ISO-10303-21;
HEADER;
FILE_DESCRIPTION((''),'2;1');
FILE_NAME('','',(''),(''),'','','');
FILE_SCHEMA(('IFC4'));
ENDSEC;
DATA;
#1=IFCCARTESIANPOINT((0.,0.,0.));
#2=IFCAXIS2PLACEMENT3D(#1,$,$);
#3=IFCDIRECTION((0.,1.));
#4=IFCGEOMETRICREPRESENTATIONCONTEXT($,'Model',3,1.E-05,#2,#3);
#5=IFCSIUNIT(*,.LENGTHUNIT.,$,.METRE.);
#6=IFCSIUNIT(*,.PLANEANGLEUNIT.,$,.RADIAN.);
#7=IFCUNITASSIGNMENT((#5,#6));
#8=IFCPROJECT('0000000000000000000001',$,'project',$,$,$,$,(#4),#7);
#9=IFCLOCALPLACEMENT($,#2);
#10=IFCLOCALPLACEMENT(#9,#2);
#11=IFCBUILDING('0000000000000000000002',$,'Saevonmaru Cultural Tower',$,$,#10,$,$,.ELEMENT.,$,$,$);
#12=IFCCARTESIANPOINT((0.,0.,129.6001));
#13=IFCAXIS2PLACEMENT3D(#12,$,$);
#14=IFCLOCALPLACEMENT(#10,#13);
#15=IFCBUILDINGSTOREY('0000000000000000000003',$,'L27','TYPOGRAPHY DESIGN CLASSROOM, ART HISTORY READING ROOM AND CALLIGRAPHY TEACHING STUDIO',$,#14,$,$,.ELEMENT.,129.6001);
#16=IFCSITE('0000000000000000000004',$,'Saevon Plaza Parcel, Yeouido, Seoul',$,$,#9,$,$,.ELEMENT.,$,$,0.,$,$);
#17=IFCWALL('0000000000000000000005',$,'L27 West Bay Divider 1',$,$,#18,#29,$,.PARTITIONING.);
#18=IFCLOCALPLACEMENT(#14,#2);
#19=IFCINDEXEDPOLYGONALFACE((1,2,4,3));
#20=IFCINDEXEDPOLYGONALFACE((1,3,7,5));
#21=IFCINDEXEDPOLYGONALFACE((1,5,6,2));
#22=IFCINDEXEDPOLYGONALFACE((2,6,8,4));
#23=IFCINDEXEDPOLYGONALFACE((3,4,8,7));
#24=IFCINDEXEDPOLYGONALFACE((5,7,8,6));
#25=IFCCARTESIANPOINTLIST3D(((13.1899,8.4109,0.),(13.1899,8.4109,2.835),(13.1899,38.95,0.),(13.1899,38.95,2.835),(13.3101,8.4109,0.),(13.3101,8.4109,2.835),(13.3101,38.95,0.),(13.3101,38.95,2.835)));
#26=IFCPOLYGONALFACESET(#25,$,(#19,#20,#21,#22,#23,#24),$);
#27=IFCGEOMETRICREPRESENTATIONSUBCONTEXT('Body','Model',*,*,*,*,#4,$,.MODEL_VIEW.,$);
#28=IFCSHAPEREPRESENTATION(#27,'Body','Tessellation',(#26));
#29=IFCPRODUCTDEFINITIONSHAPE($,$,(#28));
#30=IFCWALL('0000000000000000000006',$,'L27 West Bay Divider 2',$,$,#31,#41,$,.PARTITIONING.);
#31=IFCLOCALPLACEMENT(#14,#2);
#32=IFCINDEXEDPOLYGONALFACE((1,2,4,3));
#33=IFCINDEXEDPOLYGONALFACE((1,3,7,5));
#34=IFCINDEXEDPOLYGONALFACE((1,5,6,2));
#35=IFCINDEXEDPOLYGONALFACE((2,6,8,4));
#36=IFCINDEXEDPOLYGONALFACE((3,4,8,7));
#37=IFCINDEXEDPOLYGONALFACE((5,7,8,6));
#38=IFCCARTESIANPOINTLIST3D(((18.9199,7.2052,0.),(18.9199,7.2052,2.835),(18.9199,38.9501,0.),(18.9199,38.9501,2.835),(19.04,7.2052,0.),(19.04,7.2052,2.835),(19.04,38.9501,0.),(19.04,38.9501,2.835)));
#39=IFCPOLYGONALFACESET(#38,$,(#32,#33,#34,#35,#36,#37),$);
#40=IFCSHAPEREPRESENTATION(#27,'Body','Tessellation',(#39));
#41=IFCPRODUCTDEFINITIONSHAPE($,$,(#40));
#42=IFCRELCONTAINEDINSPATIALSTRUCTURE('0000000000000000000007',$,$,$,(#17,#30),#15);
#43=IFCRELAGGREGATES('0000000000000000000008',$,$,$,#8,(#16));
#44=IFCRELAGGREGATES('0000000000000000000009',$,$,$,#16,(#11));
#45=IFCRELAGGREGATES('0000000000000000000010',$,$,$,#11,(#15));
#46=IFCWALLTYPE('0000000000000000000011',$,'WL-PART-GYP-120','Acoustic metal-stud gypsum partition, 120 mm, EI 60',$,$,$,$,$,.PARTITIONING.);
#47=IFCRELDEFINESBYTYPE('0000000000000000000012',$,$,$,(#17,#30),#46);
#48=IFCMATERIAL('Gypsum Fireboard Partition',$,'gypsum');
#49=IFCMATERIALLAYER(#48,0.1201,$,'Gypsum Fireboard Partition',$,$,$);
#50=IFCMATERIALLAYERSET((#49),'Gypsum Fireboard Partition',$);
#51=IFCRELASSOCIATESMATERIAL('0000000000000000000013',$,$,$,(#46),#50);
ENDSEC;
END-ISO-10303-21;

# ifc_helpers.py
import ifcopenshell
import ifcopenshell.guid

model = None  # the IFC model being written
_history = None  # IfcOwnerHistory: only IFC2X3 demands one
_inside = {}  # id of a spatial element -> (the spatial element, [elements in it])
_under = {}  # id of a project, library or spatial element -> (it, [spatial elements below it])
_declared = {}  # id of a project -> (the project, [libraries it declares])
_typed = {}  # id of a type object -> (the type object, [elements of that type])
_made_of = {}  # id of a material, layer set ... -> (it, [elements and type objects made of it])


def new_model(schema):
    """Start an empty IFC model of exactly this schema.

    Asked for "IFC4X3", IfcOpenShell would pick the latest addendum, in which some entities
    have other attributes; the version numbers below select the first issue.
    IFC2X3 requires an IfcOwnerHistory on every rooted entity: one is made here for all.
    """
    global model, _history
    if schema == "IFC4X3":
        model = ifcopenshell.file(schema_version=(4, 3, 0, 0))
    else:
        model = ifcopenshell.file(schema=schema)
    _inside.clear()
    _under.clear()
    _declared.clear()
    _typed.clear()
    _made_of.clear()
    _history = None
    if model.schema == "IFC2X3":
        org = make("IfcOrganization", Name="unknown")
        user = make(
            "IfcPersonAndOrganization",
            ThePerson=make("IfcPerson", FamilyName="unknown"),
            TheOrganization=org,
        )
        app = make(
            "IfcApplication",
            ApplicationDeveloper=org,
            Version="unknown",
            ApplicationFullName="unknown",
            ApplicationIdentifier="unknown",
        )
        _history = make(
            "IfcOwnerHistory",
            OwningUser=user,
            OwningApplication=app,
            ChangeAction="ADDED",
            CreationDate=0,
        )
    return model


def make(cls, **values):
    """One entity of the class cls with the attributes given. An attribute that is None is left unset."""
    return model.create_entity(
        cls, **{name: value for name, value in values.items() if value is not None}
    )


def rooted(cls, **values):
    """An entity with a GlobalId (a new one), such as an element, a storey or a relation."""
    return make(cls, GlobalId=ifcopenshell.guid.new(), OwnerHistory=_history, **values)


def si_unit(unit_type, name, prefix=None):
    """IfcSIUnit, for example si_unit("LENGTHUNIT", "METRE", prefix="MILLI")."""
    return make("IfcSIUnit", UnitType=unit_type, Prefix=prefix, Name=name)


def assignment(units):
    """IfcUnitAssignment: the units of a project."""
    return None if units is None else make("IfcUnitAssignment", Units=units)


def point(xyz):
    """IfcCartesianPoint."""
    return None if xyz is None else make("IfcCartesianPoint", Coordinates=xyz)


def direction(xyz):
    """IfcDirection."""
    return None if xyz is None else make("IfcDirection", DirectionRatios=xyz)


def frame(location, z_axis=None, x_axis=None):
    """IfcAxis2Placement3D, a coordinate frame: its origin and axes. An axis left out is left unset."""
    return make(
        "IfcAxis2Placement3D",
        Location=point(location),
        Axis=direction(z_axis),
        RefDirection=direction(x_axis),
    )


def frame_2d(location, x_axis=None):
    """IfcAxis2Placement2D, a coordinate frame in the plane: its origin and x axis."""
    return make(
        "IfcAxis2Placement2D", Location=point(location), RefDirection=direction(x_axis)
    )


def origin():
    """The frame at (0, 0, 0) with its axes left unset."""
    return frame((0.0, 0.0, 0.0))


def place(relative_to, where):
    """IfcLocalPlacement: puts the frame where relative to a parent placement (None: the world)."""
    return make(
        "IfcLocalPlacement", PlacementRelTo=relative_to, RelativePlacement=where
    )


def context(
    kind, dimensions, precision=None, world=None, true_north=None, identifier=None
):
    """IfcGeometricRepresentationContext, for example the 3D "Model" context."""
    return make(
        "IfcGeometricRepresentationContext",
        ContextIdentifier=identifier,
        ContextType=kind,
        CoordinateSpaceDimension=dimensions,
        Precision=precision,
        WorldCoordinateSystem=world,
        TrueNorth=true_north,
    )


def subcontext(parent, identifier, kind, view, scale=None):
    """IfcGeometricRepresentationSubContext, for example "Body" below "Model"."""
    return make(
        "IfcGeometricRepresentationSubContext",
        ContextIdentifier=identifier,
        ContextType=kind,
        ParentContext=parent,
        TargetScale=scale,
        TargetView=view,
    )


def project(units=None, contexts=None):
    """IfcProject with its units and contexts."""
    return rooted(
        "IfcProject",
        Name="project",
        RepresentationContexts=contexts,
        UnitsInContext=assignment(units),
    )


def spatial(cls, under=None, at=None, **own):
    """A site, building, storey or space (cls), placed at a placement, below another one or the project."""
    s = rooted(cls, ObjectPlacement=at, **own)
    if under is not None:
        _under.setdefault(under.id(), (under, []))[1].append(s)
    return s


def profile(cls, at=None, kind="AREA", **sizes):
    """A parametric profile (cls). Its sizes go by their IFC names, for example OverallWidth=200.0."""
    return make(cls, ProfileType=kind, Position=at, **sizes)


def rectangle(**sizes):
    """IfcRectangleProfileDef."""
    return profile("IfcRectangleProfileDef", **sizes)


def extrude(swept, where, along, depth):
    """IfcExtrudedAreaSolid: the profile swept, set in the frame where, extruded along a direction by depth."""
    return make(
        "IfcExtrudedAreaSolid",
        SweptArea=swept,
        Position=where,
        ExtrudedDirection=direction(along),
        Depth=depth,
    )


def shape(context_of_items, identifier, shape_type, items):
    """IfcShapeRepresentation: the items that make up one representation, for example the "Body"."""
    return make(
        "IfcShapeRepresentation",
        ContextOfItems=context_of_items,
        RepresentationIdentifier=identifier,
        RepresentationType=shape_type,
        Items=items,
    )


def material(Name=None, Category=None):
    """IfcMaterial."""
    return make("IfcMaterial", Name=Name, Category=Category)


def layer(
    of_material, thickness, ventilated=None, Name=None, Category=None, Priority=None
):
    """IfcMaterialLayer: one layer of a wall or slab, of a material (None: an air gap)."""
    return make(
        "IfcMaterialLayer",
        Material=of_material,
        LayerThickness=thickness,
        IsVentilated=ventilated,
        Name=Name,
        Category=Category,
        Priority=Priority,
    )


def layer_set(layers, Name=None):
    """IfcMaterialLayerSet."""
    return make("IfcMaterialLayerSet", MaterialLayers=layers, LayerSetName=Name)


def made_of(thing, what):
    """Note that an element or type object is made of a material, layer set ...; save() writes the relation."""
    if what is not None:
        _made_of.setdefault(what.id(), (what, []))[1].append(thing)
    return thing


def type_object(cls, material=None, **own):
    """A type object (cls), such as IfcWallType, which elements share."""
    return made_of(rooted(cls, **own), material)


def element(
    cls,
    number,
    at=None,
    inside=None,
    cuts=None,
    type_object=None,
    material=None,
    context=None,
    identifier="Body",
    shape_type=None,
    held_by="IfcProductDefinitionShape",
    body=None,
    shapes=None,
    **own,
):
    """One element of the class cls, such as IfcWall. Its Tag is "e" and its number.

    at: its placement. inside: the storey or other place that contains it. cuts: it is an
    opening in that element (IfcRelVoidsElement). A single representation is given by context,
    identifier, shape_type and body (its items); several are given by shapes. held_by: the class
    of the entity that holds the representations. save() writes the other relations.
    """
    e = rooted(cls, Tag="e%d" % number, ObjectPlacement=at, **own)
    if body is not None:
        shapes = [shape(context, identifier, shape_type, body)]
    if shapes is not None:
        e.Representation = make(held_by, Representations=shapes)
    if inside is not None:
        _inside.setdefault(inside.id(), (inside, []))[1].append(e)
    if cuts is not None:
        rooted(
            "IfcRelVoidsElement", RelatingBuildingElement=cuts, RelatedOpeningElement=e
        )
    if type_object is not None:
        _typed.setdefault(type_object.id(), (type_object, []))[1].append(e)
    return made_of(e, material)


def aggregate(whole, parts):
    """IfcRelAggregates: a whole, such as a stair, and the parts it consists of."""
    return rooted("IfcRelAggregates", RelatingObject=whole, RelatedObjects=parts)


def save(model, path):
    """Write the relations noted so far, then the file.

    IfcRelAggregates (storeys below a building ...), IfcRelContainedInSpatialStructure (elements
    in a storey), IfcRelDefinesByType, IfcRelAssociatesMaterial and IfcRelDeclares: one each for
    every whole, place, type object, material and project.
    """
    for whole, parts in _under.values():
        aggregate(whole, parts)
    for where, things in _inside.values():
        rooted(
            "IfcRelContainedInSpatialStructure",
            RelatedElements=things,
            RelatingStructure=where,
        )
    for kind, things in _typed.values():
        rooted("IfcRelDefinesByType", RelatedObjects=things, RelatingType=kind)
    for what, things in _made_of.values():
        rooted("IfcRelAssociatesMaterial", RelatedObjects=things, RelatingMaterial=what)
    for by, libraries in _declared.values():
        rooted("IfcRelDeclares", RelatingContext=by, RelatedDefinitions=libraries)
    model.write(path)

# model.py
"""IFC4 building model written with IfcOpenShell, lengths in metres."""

from ifc_helpers import new_model, si_unit, direction, frame, frame_2d, origin, place, context, subcontext, project, spatial, rectangle, extrude, material, layer, layer_set, type_object, element, save


model = new_model("IFC4")

# Units and contexts
model_context = context("Model", 3, precision=1e-05, world=origin(), true_north=direction((0.0, 1.0)))
body_context = subcontext(model_context, "Body", "Model", "MODEL_VIEW")
ifc_project = project(units=[si_unit("LENGTHUNIT", "METRE"), si_unit("PLANEANGLEUNIT", "RADIAN")], contexts=[model_context])

# Site, building, storey
site_placement = place(None, origin())
site = spatial("IfcSite", under=ifc_project, at=site_placement, Name="Saevon Plaza Parcel, Yeouido, Seoul", CompositionType="ELEMENT", RefElevation=0.0)
building_placement = place(site_placement, origin())
building = spatial("IfcBuilding", under=site, at=building_placement, Name="Saevonmaru Cultural Tower", CompositionType="ELEMENT")
storey_placement = place(building_placement, frame((0.0, 0.0, 129.6001)))
storey = spatial("IfcBuildingStorey", under=building, at=storey_placement, Name="L27", Description="TYPOGRAPHY DESIGN CLASSROOM, ART HISTORY READING ROOM AND CALLIGRAPHY TEACHING STUDIO", CompositionType="ELEMENT", Elevation=129.6001)

# Walls
ifc_material_1 = material(Name="Gypsum Fireboard Partition", Category="gypsum")
ifc_layer_1 = layer(ifc_material_1, 0.1201, Name="Gypsum Fireboard Partition")
ifc_layer_set_1 = layer_set([ifc_layer_1], Name="Gypsum Fireboard Partition")
wall_type_1 = type_object("IfcWallType", Name="WL-PART-GYP-120", Description="Acoustic metal-stud gypsum partition, 120 mm, EI 60", PredefinedType="PARTITIONING", material=ifc_layer_set_1)
wall_1_placement = place(storey_placement, frame((13.25, 8.4109, 0.0), z_axis=(0.0, 0.0, 1.0), x_axis=(0.0, 1.0, 0.0)))
element("IfcWall", 1, at=wall_1_placement, inside=storey, type_object=wall_type_1, Name="L27 West Bay Divider 1", PredefinedType="PARTITIONING", context=body_context, shape_type="SweptSolid", body=[
    extrude(rectangle(XDim=30.5391, YDim=0.1201, at=frame_2d((15.2695, 0.0))), origin(), (0.0, 0.0, 1.0), 2.835),
])
wall_2_placement = place(storey_placement, frame((18.98, 7.2051, 0.0), z_axis=(0.0, 0.0, 1.0), x_axis=(0.0, 1.0, 0.0)))
element("IfcWall", 2, at=wall_2_placement, inside=storey, type_object=wall_type_1, Name="L27 West Bay Divider 2", PredefinedType="PARTITIONING", context=body_context, shape_type="SweptSolid", body=[
    extrude(rectangle(XDim=31.7449, YDim=0.1201, at=frame_2d((15.8726, 0.0))), origin(), (0.0, 0.0, 1.0), 2.835),
])

save(model, "model.ifc")
